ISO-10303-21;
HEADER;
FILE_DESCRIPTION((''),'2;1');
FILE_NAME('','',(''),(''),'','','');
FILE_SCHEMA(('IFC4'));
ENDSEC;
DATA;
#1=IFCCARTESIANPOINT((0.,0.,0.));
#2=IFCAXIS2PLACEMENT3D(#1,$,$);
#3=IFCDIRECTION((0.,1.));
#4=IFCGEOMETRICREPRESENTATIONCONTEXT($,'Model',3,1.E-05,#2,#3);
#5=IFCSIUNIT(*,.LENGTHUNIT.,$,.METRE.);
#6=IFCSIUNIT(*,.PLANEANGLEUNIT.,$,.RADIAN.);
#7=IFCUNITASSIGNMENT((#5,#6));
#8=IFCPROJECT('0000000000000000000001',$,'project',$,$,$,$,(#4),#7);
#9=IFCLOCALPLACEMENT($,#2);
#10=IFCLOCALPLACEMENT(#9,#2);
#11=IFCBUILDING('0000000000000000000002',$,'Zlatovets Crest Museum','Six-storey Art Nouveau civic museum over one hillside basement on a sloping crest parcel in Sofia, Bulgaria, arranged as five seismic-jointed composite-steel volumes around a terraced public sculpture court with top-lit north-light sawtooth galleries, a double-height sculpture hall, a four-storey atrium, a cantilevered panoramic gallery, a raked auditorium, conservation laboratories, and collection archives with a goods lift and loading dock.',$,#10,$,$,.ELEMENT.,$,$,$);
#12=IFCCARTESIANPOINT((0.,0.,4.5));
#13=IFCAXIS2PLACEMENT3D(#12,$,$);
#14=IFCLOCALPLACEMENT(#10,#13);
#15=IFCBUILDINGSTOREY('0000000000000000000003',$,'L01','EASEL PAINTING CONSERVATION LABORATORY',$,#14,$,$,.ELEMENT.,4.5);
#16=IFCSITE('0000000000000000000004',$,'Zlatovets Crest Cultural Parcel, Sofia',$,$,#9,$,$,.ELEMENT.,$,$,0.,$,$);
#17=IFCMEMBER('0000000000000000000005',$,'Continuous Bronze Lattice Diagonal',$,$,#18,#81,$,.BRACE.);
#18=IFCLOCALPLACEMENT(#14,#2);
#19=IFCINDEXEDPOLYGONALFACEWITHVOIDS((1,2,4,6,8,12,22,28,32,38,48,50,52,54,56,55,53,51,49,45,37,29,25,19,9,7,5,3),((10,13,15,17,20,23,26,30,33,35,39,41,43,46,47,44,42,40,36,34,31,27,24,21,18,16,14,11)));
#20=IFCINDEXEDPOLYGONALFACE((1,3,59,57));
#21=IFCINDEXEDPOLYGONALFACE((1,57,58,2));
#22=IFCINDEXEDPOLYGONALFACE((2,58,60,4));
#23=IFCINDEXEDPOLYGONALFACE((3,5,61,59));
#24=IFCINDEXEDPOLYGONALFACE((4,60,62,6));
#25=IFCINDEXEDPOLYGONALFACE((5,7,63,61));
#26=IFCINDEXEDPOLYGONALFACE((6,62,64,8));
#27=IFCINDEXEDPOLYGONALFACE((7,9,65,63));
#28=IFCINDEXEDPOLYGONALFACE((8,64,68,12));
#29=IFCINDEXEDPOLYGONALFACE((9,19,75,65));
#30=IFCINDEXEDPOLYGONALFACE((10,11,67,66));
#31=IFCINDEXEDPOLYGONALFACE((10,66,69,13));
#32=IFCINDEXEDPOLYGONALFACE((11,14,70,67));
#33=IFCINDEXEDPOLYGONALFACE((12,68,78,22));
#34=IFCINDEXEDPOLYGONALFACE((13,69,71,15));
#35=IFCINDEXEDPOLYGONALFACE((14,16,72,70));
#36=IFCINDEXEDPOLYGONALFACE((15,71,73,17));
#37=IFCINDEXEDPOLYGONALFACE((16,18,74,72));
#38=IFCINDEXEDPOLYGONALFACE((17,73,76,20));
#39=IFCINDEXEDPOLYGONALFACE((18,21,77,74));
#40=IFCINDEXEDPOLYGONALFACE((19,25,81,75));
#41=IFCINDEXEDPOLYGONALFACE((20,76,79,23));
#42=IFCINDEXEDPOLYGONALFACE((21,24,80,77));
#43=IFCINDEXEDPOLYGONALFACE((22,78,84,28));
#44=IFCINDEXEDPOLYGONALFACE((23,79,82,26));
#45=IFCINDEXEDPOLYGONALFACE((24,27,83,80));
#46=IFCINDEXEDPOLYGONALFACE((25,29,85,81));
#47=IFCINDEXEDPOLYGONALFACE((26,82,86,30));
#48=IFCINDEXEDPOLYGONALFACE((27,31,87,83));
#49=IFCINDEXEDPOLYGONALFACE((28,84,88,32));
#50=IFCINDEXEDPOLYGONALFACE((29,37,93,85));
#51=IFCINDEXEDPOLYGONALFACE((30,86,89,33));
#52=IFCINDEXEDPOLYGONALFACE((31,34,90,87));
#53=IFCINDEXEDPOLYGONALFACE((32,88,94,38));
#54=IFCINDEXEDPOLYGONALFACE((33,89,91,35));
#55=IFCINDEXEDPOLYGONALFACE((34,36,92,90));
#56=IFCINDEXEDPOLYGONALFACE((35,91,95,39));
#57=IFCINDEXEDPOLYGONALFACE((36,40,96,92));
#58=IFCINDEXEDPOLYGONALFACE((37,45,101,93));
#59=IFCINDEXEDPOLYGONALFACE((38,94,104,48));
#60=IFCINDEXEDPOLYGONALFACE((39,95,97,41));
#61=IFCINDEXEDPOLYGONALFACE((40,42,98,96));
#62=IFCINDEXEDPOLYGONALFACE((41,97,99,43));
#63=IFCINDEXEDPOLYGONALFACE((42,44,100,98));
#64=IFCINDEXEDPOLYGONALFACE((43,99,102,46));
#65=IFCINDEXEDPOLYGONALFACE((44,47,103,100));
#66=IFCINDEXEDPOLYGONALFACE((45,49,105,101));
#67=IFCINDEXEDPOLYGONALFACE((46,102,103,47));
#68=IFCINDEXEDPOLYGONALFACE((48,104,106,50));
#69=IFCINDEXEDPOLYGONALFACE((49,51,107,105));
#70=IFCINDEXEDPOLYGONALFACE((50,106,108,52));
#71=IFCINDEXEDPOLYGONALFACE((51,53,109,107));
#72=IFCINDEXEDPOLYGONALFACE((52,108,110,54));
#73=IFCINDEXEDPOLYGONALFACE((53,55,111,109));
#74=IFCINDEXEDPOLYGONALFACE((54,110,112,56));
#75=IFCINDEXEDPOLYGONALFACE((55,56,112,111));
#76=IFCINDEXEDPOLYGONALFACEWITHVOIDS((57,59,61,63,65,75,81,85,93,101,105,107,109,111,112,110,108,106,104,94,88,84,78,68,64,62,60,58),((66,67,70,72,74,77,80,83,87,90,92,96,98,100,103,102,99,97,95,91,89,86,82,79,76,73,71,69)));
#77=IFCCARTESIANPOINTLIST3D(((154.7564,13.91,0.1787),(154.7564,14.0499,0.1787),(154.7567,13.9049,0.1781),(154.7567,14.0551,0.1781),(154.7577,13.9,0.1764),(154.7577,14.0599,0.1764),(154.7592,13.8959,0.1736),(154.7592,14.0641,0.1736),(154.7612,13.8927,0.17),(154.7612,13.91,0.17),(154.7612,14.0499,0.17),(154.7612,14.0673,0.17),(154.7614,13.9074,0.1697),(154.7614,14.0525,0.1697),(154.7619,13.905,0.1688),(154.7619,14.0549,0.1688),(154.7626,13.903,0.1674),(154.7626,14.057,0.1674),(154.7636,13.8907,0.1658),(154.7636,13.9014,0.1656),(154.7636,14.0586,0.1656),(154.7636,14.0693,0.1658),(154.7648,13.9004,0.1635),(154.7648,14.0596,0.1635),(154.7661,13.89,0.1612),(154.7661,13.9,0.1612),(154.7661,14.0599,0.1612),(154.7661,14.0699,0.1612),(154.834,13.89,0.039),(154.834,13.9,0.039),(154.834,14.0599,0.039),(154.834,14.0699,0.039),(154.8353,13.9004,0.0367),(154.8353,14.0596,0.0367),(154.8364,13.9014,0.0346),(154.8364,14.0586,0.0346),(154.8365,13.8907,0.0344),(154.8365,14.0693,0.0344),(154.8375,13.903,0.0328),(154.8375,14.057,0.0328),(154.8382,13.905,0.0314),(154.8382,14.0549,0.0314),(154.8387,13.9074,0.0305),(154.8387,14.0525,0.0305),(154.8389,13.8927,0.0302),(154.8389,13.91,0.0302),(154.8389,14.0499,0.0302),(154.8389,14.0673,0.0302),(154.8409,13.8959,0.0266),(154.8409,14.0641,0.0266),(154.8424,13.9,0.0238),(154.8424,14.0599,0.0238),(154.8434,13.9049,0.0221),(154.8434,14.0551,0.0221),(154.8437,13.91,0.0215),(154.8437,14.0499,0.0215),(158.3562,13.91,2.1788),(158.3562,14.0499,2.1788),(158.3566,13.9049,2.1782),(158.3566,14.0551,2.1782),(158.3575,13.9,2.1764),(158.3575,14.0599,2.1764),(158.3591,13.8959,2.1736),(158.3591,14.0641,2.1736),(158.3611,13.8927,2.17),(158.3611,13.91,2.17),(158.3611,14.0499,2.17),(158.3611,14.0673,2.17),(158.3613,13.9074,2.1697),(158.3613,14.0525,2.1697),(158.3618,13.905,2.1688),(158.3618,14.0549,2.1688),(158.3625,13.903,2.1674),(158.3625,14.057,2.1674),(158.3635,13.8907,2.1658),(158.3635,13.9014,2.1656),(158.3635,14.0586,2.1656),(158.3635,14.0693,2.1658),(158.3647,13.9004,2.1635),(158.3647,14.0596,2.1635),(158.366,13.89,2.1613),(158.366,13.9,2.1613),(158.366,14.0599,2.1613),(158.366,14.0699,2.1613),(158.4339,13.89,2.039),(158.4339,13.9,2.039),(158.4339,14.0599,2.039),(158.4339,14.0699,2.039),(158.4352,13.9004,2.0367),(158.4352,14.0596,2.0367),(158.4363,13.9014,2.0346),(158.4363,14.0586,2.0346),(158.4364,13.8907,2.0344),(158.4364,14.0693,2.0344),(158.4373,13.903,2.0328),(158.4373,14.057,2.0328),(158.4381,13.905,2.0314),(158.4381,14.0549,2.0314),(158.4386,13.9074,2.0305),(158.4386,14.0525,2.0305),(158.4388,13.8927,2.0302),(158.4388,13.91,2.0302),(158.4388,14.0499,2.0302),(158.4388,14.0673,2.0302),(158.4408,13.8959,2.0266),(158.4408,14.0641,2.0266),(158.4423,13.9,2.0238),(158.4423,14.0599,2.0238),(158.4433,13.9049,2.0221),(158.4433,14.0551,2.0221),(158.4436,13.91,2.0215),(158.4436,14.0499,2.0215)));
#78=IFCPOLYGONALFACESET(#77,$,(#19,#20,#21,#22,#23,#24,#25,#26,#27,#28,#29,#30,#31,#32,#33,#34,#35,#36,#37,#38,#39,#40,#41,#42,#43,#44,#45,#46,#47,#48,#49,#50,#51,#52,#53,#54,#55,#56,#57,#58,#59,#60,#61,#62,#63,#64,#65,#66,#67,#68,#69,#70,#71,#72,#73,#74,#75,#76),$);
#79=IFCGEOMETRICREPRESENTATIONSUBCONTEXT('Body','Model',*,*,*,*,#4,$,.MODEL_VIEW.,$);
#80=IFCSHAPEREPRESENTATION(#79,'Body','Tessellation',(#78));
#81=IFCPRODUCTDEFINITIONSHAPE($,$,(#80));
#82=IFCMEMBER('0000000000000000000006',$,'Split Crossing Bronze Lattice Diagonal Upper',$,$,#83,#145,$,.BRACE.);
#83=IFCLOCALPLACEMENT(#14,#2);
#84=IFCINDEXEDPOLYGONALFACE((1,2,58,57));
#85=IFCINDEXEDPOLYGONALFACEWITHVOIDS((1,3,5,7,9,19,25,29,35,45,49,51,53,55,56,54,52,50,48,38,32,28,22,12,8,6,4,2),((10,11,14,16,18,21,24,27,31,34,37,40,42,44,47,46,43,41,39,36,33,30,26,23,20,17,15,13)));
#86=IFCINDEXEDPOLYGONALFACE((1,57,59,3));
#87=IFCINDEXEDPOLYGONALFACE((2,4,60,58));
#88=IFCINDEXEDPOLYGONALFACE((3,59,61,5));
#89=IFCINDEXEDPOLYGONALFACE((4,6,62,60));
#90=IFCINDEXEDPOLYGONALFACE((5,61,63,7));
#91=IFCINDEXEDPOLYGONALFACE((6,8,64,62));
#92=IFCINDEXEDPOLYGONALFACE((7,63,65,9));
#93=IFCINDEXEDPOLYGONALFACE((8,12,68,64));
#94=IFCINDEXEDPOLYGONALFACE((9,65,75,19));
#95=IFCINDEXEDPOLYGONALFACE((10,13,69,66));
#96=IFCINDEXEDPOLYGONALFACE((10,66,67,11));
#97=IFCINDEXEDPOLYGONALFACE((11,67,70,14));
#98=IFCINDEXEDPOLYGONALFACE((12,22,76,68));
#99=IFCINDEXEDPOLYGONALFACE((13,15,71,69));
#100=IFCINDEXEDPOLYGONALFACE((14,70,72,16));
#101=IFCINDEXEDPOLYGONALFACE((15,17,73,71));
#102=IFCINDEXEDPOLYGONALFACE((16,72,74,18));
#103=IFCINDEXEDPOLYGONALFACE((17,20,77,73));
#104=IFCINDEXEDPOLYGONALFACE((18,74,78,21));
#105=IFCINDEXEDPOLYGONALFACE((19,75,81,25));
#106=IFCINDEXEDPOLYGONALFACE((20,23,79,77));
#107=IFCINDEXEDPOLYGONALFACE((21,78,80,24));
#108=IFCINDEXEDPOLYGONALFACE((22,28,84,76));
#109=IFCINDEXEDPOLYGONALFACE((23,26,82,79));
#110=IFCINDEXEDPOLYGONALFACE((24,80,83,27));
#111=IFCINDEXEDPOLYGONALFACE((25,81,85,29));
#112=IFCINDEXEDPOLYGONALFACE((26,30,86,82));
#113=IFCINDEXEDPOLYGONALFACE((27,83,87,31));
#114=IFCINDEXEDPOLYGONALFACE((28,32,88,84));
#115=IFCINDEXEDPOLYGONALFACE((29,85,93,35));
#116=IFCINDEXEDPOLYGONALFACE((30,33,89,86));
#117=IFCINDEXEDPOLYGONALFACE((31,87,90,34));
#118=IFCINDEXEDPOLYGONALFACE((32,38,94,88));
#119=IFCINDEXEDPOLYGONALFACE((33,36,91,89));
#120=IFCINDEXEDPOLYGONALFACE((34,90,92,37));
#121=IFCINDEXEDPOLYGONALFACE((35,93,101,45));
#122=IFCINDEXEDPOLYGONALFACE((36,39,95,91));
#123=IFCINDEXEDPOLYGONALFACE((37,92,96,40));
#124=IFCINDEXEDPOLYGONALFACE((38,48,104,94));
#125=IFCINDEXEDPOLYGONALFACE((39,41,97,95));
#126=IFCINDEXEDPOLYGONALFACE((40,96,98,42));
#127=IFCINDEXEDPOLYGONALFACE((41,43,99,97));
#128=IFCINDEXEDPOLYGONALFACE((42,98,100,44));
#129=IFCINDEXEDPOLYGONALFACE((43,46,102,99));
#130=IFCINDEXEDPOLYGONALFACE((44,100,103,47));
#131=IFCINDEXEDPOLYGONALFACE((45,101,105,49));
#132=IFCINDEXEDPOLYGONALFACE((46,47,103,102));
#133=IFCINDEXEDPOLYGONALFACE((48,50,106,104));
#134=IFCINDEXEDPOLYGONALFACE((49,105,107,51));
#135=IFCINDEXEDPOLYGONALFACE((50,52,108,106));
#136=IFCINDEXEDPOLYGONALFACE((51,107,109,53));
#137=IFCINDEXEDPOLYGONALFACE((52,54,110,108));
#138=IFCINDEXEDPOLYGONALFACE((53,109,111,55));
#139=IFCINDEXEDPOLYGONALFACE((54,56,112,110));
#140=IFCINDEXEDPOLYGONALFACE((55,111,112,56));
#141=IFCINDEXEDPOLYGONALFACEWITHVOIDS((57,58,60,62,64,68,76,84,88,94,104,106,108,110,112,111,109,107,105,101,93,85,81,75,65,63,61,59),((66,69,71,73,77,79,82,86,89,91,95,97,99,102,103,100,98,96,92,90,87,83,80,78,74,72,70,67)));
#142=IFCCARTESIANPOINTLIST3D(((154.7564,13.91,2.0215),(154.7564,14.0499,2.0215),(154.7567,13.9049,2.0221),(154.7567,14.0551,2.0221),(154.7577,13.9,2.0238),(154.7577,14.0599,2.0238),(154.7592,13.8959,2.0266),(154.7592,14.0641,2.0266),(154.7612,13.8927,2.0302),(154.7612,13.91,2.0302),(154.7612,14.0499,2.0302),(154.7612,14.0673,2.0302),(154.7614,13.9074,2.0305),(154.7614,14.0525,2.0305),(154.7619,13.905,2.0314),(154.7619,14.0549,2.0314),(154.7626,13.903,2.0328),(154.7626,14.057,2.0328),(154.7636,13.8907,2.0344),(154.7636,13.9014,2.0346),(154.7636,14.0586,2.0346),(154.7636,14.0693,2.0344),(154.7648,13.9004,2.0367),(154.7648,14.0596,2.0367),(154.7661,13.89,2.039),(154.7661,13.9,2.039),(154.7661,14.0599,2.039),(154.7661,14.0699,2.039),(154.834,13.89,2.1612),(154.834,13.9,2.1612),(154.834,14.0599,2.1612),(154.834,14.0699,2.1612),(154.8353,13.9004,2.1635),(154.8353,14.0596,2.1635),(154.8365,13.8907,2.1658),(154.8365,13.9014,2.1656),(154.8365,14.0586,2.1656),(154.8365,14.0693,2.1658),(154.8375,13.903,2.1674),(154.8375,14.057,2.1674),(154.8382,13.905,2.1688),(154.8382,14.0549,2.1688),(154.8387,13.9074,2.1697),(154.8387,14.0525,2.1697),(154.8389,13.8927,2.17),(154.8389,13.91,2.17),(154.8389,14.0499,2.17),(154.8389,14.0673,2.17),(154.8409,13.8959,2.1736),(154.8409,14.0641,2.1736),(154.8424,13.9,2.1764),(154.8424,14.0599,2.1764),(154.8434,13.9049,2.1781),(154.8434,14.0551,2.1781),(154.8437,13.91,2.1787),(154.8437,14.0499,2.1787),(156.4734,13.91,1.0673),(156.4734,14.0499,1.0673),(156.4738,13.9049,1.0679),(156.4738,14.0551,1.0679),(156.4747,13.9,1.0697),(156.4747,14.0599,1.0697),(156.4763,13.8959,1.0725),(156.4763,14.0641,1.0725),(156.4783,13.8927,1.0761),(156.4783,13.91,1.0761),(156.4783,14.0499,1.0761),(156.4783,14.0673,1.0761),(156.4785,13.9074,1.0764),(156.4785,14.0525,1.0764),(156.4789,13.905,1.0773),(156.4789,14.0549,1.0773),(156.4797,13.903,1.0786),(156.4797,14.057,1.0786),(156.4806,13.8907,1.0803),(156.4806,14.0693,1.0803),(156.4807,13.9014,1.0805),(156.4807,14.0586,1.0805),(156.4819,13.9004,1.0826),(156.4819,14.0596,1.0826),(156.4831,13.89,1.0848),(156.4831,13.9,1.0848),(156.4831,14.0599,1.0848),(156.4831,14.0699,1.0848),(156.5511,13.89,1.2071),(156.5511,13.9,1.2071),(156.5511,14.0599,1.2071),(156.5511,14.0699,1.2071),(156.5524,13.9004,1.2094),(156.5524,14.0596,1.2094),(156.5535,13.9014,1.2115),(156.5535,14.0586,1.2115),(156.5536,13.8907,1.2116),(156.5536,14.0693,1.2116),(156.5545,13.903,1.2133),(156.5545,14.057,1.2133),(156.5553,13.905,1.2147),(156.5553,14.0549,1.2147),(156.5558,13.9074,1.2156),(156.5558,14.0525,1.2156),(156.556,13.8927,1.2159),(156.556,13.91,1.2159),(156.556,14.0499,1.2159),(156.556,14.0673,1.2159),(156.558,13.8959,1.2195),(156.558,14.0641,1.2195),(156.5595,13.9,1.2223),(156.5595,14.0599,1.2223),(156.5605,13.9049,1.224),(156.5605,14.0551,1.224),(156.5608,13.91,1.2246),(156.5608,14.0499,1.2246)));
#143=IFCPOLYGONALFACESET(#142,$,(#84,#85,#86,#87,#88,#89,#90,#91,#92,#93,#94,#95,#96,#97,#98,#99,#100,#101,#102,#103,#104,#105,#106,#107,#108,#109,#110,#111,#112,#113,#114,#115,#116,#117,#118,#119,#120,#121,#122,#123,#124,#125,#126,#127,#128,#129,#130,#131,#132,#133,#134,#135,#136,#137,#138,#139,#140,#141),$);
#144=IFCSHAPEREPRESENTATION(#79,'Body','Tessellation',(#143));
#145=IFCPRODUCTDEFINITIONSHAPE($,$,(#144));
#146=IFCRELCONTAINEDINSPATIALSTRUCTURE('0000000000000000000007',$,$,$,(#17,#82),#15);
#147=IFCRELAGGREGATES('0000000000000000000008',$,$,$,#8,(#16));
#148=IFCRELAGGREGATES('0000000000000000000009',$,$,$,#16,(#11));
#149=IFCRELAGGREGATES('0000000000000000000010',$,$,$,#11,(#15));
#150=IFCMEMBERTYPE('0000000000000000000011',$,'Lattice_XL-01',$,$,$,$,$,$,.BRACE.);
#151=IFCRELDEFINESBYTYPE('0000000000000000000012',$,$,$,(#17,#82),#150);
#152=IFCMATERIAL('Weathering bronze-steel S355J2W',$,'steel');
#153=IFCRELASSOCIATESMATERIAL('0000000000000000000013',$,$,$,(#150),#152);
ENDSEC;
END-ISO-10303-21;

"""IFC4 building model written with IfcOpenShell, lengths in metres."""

from ifc_helpers import new_model, si_unit, direction, frame, origin, origin_2d, place, context, subcontext, project, spatial, hollow_rectangle, extrude, material, material_profile, profile_set, type_object, element, save


model = new_model("IFC4")

# Units and contexts
model_context = context("Model", 3, precision=1e-05, world=origin(), true_north=direction((0.0, 1.0)))
body_context = subcontext(model_context, "Body", "Model", "MODEL_VIEW")
ifc_project = project(units=[si_unit("LENGTHUNIT", "METRE"), si_unit("PLANEANGLEUNIT", "RADIAN")], contexts=[model_context])

# Site, building, storey
site_placement = place(None, origin())
site = spatial("IfcSite", under=ifc_project, at=site_placement, Name="Zlatovets Crest Cultural Parcel, Sofia", CompositionType="ELEMENT", RefElevation=0.0)
building_placement = place(site_placement, origin())
building = spatial("IfcBuilding", under=site, at=building_placement, Name="Zlatovets Crest Museum", Description="Six-storey Art Nouveau civic museum over one hillside basement on a sloping crest parcel in Sofia, Bulgaria, arranged as five seismic-jointed composite-steel volumes around a terraced public sculpture court with top-lit north-light sawtooth galleries, a double-height sculpture hall, a four-storey atrium, a cantilevered panoramic gallery, a raked auditorium, conservation laboratories, and collection archives with a goods lift and loading dock.", CompositionType="ELEMENT")
storey_placement = place(building_placement, frame((0.0, 0.0, 4.5)))
storey = spatial("IfcBuildingStorey", under=building, at=storey_placement, Name="L01", Description="EASEL PAINTING CONSERVATION LABORATORY", CompositionType="ELEMENT", Elevation=4.5)

# Members
ifc_material_1 = material(Name="Weathering bronze-steel S355J2W", Category="steel")
ifc_material_profile_1 = material_profile(ifc_material_1, hollow_rectangle(XDim=0.1799, YDim=0.1799, WallThickness=0.01, InnerFilletRadius=0.01, OuterFilletRadius=0.02, at=origin_2d()), Name="SHS 180x180x10.0")
ifc_profile_set_1 = profile_set([ifc_material_profile_1], Name="Weathering bronze-steel S355J2W")
member_type_1 = type_object("IfcMemberType", Name="Lattice_XL-01", PredefinedType="BRACE", material=ifc_profile_set_1)
member_1_placement = place(storey_placement, frame((154.8, 13.98, 0.1001), z_axis=(0.874149, 0.0, 0.485658), x_axis=(0.0, 1.0, 0.0)))
element("IfcMember", 1, at=member_1_placement, inside=storey, type_object=member_type_1, Name="Continuous Bronze Lattice Diagonal", PredefinedType="BRACE", context=body_context, shape_type="SweptSolid", body=[
    extrude(hollow_rectangle(XDim=0.1799, YDim=0.1799, WallThickness=0.01, InnerFilletRadius=0.01, OuterFilletRadius=0.02, at=origin_2d()), origin(), (0.0, 0.0, 1.0), 4.1182),
])
member_2_placement = place(storey_placement, frame((154.8, 13.98, 2.1001), z_axis=(0.874116, 0.0, -0.485717), x_axis=(0.0, 1.0, 0.0)))
element("IfcMember", 2, at=member_2_placement, inside=storey, type_object=member_type_1, Name="Split Crossing Bronze Lattice Diagonal Upper", PredefinedType="BRACE", context=body_context, shape_type="SweptSolid", body=[
    extrude(hollow_rectangle(XDim=0.1799, YDim=0.1799, WallThickness=0.01, InnerFilletRadius=0.01, OuterFilletRadius=0.02, at=origin_2d()), origin(), (0.0, 0.0, 1.0), 1.9644),
])

save(model, "model.ifc")
